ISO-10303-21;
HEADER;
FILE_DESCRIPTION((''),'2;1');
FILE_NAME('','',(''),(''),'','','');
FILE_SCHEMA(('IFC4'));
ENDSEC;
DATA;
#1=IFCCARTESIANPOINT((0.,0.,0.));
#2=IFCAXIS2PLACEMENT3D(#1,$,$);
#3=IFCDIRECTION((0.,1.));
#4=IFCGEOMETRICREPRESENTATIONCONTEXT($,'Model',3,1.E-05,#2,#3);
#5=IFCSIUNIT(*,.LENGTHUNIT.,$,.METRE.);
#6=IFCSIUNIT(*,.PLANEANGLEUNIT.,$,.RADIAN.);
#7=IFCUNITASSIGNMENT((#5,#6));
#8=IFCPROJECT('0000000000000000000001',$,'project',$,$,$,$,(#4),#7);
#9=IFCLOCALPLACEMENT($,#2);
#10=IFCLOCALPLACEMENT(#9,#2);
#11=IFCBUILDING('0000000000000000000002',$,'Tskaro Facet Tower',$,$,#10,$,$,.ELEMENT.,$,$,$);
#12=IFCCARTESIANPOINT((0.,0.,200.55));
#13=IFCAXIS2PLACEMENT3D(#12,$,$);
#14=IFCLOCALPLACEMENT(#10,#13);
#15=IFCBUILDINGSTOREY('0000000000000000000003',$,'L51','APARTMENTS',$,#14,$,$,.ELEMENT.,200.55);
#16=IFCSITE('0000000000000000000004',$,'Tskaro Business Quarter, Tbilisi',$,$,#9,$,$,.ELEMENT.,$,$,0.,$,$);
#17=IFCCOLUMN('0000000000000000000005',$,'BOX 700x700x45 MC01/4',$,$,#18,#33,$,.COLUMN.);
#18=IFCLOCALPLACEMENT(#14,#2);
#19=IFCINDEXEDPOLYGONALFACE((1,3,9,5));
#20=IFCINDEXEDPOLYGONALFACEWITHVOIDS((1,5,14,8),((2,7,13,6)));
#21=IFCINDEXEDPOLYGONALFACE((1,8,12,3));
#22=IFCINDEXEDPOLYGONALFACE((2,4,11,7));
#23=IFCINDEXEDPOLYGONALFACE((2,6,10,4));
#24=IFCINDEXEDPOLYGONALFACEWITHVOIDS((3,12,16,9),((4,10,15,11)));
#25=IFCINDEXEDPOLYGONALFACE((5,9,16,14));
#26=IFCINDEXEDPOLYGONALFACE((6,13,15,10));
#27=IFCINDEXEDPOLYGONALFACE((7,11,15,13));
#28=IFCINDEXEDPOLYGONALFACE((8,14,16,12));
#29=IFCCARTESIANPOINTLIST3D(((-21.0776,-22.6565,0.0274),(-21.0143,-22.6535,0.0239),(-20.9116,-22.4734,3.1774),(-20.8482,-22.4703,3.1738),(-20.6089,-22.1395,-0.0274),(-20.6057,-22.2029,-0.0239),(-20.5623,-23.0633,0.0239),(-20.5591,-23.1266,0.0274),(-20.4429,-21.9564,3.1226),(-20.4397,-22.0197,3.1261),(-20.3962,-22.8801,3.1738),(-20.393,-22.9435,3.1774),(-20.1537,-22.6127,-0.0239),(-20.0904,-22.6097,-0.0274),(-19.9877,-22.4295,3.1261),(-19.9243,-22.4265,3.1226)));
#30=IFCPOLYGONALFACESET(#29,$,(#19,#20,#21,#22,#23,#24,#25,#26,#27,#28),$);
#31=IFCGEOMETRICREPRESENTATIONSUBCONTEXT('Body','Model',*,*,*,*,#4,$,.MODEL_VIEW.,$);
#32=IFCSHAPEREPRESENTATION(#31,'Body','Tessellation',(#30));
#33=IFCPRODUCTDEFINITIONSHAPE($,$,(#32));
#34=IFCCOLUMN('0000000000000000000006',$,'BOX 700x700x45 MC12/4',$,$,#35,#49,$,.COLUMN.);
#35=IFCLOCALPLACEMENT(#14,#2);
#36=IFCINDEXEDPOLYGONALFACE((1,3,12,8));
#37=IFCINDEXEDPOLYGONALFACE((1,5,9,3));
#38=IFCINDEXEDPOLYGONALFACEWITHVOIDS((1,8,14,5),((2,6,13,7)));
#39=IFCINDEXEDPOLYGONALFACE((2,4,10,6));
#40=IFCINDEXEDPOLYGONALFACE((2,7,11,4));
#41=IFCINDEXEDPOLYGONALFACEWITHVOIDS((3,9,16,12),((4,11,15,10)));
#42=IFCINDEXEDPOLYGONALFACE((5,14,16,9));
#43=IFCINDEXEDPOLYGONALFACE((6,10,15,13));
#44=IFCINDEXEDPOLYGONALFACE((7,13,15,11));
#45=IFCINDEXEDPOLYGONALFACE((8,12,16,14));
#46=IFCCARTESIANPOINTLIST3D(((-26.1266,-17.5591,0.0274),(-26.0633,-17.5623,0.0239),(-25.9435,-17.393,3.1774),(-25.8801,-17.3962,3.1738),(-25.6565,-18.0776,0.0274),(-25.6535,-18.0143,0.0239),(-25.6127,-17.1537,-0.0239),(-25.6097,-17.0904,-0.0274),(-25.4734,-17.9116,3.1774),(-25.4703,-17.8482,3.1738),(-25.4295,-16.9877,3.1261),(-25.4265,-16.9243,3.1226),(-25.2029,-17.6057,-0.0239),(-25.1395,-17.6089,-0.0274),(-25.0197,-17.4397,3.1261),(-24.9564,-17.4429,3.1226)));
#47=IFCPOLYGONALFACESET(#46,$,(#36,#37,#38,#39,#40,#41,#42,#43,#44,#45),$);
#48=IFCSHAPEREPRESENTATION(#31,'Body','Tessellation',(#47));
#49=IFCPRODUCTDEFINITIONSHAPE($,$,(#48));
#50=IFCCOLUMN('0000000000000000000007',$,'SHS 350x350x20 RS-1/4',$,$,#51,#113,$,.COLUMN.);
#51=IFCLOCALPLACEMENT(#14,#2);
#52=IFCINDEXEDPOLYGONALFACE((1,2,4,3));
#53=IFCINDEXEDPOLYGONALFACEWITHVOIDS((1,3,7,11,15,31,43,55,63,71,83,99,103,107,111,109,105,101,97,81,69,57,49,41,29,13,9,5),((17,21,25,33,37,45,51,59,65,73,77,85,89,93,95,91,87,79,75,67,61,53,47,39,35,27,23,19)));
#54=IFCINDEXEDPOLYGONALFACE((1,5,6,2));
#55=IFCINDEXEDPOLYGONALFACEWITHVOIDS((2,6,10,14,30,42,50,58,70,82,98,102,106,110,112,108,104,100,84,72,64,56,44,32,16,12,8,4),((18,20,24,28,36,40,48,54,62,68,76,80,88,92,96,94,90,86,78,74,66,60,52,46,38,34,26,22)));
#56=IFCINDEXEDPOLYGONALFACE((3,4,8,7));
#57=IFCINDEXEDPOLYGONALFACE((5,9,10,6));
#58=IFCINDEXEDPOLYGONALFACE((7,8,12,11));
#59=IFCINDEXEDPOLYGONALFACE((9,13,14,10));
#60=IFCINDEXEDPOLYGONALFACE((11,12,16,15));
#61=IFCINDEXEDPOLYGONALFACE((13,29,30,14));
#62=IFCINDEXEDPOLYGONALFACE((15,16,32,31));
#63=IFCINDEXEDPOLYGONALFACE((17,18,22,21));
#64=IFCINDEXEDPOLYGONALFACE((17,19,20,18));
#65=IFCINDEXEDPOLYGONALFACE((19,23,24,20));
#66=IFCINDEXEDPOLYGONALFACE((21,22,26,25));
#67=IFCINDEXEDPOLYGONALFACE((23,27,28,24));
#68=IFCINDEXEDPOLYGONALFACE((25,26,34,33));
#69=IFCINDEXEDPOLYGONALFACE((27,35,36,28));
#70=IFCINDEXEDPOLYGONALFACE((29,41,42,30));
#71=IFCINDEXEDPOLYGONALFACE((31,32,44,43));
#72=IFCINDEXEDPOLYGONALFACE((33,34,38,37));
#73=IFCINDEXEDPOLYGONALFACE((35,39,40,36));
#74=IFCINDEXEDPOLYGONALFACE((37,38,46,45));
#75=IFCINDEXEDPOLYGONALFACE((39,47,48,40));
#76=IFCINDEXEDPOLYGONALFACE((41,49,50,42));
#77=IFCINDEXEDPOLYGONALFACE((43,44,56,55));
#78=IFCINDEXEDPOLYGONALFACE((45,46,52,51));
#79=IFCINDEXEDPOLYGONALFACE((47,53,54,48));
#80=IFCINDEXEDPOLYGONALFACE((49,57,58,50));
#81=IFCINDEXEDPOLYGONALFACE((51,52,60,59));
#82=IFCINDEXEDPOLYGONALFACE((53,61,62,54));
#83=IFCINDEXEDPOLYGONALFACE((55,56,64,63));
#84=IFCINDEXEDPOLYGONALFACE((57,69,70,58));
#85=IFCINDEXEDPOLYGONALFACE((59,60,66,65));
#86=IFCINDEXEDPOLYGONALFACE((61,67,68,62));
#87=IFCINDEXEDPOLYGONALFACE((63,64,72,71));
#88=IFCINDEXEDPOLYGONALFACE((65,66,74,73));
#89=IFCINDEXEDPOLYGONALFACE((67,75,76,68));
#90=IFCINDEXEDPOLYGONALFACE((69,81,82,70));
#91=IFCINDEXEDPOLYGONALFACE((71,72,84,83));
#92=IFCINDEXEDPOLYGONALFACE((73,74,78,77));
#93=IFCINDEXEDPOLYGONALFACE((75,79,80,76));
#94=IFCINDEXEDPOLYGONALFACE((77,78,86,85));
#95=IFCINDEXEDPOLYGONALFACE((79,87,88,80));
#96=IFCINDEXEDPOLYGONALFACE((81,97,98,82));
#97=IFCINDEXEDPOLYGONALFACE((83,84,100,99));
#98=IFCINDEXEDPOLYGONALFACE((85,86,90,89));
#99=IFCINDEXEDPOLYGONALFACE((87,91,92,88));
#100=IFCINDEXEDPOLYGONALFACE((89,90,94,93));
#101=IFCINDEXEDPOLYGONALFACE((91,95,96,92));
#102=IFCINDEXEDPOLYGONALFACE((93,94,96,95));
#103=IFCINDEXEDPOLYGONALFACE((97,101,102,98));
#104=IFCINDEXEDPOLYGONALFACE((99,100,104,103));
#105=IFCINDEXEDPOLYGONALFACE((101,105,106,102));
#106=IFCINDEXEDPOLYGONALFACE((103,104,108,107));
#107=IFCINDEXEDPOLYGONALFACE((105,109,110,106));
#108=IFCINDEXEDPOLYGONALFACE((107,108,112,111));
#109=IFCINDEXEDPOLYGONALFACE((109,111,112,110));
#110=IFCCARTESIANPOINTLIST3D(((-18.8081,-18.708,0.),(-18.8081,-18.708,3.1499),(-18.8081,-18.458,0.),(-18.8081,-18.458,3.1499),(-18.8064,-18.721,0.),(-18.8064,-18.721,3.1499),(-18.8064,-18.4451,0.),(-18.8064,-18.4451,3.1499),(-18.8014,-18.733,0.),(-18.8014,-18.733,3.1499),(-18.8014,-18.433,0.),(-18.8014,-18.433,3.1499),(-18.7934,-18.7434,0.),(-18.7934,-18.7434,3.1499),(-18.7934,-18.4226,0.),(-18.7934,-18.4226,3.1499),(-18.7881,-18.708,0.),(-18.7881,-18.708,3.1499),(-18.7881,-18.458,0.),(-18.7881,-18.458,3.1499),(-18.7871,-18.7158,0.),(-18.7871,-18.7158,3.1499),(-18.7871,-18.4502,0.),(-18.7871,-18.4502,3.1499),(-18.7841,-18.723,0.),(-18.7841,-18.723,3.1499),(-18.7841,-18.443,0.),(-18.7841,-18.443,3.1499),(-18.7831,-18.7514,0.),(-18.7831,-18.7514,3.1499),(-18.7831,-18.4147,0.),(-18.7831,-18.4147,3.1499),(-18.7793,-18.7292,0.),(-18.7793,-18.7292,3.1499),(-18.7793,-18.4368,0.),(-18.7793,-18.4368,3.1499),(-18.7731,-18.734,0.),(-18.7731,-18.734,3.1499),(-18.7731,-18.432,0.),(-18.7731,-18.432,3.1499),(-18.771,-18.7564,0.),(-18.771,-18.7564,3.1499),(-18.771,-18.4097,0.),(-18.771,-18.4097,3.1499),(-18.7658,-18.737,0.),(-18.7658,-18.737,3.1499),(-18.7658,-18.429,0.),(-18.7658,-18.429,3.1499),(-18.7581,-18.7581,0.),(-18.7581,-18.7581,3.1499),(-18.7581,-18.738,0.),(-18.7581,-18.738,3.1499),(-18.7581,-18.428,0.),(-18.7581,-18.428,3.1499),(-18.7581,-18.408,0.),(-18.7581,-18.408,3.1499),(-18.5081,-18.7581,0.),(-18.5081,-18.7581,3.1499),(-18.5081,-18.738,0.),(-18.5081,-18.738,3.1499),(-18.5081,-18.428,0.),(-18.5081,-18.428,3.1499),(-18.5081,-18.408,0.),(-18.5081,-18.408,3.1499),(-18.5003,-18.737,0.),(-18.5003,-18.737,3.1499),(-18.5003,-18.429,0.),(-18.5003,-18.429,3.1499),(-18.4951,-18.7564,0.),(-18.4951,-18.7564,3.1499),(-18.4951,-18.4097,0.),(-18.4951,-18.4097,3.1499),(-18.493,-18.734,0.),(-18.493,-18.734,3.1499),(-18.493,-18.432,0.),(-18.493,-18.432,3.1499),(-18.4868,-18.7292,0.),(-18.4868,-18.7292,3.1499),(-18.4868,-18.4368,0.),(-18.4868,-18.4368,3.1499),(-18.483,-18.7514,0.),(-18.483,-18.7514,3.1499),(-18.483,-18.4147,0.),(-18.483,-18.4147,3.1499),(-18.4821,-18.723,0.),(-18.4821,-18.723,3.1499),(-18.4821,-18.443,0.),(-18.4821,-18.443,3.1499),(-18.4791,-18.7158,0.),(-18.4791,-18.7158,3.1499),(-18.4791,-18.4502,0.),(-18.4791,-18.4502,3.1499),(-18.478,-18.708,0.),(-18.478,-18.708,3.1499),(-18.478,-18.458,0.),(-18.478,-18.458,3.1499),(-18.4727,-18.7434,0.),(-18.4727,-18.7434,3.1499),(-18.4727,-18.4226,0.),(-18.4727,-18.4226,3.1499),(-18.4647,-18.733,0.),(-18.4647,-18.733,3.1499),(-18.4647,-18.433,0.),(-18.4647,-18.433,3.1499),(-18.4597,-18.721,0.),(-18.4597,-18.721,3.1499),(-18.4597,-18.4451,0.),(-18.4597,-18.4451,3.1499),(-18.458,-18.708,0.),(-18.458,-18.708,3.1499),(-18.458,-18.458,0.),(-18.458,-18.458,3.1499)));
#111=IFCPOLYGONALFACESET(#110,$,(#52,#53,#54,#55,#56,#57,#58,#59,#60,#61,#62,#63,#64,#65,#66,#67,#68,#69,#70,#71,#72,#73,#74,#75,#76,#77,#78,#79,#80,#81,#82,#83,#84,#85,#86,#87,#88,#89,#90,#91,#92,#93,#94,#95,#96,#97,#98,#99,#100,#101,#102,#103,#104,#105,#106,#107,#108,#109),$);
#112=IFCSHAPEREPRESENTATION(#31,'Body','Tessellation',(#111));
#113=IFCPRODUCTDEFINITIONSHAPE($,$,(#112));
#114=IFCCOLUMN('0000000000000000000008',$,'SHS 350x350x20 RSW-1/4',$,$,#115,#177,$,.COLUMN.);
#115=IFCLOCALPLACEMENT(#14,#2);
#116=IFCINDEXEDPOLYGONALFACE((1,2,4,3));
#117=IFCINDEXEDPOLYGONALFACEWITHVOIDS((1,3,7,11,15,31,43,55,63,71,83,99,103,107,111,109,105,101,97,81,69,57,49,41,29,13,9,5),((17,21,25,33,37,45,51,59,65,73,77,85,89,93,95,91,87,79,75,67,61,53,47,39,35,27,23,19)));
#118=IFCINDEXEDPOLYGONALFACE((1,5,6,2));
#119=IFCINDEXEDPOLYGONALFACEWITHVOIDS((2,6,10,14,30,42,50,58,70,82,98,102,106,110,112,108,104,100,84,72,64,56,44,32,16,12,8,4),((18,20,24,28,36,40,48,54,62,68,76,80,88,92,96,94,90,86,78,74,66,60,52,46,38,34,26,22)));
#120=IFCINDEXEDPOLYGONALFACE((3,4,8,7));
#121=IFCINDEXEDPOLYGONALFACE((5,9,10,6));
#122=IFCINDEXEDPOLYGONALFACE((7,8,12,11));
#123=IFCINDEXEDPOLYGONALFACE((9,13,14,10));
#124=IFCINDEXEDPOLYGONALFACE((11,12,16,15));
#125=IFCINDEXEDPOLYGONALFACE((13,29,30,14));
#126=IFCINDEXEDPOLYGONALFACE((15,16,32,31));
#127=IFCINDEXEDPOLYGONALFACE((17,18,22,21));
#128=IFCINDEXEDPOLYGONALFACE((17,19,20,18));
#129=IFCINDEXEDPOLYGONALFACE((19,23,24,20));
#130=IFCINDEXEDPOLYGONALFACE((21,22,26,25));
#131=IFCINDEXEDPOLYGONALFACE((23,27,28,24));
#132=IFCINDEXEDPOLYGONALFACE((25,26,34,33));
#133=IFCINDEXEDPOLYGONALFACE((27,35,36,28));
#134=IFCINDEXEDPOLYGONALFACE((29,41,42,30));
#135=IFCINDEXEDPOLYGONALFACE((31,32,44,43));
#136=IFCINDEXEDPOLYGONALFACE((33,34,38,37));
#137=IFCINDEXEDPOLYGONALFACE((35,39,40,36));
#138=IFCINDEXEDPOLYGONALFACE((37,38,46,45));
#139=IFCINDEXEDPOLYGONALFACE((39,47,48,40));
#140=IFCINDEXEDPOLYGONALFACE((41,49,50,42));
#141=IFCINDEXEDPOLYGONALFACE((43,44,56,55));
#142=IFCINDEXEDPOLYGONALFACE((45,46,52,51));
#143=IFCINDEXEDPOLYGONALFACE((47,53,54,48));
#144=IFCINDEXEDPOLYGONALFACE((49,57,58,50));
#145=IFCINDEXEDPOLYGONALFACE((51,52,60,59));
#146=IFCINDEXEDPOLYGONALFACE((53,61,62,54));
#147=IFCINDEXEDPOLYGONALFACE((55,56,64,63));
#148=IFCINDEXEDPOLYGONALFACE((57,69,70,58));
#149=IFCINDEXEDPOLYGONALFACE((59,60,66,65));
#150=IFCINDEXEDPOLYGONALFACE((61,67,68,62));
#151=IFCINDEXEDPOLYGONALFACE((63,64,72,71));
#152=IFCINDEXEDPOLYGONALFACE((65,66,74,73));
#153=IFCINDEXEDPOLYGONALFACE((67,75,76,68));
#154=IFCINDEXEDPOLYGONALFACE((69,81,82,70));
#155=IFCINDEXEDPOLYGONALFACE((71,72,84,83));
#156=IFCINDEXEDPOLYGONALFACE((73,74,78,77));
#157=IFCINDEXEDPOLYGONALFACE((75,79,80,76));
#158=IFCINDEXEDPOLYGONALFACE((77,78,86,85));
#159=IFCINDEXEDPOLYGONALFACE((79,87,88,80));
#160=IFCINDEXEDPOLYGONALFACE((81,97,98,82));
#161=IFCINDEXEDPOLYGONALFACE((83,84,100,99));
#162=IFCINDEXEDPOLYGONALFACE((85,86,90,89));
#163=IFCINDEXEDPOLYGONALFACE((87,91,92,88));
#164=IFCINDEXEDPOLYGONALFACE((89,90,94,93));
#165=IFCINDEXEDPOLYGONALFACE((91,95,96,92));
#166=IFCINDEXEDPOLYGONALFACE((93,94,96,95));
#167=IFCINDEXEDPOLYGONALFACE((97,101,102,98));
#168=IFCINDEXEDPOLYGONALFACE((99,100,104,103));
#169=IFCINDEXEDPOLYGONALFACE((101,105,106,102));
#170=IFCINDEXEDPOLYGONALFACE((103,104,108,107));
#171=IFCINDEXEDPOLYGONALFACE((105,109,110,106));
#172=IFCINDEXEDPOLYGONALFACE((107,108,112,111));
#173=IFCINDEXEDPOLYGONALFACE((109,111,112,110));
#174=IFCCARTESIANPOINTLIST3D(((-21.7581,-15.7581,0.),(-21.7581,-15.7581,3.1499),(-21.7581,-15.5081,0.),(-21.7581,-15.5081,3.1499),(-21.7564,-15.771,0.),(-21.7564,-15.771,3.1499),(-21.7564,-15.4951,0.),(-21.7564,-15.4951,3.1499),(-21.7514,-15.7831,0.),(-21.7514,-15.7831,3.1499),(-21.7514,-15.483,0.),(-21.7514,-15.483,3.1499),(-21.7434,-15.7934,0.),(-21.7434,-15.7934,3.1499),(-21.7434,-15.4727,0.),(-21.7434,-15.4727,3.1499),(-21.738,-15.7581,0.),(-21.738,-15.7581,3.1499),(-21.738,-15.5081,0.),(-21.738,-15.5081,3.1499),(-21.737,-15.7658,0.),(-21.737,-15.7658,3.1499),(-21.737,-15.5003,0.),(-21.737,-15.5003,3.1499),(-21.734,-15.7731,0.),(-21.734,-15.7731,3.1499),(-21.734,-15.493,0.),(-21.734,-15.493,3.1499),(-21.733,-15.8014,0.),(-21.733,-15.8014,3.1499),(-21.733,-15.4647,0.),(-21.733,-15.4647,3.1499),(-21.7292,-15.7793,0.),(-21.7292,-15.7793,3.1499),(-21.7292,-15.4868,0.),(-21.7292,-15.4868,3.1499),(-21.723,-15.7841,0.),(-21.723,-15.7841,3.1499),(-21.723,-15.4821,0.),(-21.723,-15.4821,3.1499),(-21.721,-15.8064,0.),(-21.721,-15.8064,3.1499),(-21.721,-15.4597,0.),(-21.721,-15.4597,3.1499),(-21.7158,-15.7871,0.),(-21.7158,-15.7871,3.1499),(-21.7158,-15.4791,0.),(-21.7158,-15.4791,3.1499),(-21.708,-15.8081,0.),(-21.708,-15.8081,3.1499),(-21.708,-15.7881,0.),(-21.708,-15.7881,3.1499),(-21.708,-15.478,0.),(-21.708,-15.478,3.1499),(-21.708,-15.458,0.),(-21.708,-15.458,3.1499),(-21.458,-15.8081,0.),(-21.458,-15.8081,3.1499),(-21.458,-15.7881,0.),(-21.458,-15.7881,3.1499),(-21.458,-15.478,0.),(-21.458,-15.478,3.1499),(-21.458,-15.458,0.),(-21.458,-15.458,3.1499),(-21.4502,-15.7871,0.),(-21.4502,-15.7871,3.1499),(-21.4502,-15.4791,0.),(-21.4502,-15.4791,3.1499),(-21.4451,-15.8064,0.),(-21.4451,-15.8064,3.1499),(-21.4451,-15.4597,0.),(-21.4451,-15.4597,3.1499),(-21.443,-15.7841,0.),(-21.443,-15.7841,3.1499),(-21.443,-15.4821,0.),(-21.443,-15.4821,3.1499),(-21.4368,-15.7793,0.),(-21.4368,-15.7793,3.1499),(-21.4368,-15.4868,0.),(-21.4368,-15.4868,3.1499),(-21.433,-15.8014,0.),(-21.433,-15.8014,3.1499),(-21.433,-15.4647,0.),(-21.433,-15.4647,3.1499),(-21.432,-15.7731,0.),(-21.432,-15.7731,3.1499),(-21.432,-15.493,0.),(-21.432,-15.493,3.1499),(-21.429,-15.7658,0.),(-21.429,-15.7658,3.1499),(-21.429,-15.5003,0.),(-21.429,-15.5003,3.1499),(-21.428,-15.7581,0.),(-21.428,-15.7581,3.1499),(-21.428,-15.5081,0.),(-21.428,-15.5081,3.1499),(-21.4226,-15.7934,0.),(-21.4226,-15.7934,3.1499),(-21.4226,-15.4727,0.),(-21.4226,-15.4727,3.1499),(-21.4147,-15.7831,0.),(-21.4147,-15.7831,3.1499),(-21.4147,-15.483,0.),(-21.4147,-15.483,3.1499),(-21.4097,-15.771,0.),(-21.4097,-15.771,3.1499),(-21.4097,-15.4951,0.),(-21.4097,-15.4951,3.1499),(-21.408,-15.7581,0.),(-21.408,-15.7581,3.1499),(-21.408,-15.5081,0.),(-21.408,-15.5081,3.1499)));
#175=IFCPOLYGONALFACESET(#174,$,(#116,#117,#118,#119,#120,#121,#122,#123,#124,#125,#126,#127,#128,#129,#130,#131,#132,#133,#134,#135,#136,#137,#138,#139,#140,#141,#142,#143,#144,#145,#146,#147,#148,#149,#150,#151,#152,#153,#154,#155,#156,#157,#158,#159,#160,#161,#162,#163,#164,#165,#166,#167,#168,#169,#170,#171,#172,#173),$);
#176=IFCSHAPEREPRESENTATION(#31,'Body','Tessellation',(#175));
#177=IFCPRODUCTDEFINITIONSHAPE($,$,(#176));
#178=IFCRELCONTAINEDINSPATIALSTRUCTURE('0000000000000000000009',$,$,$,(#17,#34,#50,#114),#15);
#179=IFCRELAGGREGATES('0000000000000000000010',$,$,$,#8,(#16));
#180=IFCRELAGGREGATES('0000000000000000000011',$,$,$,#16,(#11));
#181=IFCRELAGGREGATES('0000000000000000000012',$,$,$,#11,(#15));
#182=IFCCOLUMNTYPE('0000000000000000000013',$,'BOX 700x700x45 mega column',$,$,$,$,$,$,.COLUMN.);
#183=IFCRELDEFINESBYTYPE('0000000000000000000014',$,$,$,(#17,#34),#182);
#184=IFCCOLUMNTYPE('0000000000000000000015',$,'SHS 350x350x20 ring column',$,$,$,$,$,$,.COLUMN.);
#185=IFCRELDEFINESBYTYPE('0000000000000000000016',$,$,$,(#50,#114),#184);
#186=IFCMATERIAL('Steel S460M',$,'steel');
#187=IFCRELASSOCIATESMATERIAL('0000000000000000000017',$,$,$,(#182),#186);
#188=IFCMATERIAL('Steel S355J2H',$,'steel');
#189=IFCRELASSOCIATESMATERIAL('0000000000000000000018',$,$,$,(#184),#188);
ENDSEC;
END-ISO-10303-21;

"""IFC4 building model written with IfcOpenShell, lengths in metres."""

from ifc_helpers import new_model, si_unit, direction, frame, origin, origin_2d, place, context, subcontext, project, spatial, hollow_rectangle, extrude, material, material_profile, profile_set, type_object, element, save


model = new_model("IFC4")

# Units and contexts
model_context = context("Model", 3, precision=1e-05, world=origin(), true_north=direction((0.0, 1.0)))
body_context = subcontext(model_context, "Body", "Model", "MODEL_VIEW")
ifc_project = project(units=[si_unit("LENGTHUNIT", "METRE"), si_unit("PLANEANGLEUNIT", "RADIAN")], contexts=[model_context])

# Site, building, storey
site_placement = place(None, origin())
site = spatial("IfcSite", under=ifc_project, at=site_placement, Name="Tskaro Business Quarter, Tbilisi", CompositionType="ELEMENT", RefElevation=0.0)
building_placement = place(site_placement, origin())
building = spatial("IfcBuilding", under=site, at=building_placement, Name="Tskaro Facet Tower", CompositionType="ELEMENT")
storey_placement = place(building_placement, frame((0.0, 0.0, 200.55)))
storey = spatial("IfcBuildingStorey", under=building, at=storey_placement, Name="L51", Description="APARTMENTS", CompositionType="ELEMENT", Elevation=200.55)

# Columns
ifc_material_1 = material(Name="Steel S460M", Category="steel")
ifc_material_profile_1 = material_profile(ifc_material_1, hollow_rectangle(XDim=0.7, YDim=0.7, WallThickness=0.0449, at=origin_2d()), Name="BOX 700x700x45")
ifc_profile_set_1 = profile_set([ifc_material_profile_1], Name="Steel S460M")
column_type_1 = type_object("IfcColumnType", Name="BOX 700x700x45 mega column", PredefinedType="COLUMN", material=ifc_profile_set_1)
for number, where, z_axis, x_axis, name in (
    (1, (-20.584, -22.6331, 0.0), (0.052544, 0.057952, 0.996936), (-0.740833, 0.671689, 0.0), "BOX 700x700x45 MC01/4"),
    (2, (-25.6331, -17.584, 0.0), (0.057952, 0.052544, 0.996936), (-0.671689, 0.740833, 0.0), "BOX 700x700x45 MC12/4"),
):
    element("IfcColumn", number, at=place(storey_placement, frame(where, z_axis=z_axis, x_axis=x_axis)), inside=storey, type_object=column_type_1, Name=name, PredefinedType="COLUMN", context=body_context, shape_type="SweptSolid", body=[
        extrude(hollow_rectangle(XDim=0.7, YDim=0.7, WallThickness=0.0449, at=origin_2d()), origin(), (0.0, 0.0, 1.0), 3.1597),
    ])
ifc_material_2 = material(Name="Steel S355J2H", Category="steel")
ifc_material_profile_2 = material_profile(ifc_material_2, hollow_rectangle(XDim=0.3501, YDim=0.3501, WallThickness=0.02, InnerFilletRadius=0.03, OuterFilletRadius=0.05, at=origin_2d()), Name="SHS 350x350x20")
ifc_profile_set_2 = profile_set([ifc_material_profile_2], Name="Steel S355J2H")
column_type_2 = type_object("IfcColumnType", Name="SHS 350x350x20 ring column", PredefinedType="COLUMN", material=ifc_profile_set_2)
for number, where, z_axis, x_axis, name in (
    (3, (-18.6331, -18.583, 0.0), (0.0, 0.0, 1.0), (1.0, 0.0, 0.0), "SHS 350x350x20 RS-1/4"),
    (4, (-21.583, -15.6331, 0.0), (0.0, 0.0, 1.0), (1.0, 0.0, 0.0), "SHS 350x350x20 RSW-1/4"),
):
    element("IfcColumn", number, at=place(storey_placement, frame(where, z_axis=z_axis, x_axis=x_axis)), inside=storey, type_object=column_type_2, Name=name, PredefinedType="COLUMN", context=body_context, shape_type="SweptSolid", body=[
        extrude(hollow_rectangle(XDim=0.3501, YDim=0.3501, WallThickness=0.02, InnerFilletRadius=0.03, OuterFilletRadius=0.05, at=origin_2d()), origin(), (0.0, 0.0, 1.0), 3.1499),
    ])

save(model, "model.ifc")
